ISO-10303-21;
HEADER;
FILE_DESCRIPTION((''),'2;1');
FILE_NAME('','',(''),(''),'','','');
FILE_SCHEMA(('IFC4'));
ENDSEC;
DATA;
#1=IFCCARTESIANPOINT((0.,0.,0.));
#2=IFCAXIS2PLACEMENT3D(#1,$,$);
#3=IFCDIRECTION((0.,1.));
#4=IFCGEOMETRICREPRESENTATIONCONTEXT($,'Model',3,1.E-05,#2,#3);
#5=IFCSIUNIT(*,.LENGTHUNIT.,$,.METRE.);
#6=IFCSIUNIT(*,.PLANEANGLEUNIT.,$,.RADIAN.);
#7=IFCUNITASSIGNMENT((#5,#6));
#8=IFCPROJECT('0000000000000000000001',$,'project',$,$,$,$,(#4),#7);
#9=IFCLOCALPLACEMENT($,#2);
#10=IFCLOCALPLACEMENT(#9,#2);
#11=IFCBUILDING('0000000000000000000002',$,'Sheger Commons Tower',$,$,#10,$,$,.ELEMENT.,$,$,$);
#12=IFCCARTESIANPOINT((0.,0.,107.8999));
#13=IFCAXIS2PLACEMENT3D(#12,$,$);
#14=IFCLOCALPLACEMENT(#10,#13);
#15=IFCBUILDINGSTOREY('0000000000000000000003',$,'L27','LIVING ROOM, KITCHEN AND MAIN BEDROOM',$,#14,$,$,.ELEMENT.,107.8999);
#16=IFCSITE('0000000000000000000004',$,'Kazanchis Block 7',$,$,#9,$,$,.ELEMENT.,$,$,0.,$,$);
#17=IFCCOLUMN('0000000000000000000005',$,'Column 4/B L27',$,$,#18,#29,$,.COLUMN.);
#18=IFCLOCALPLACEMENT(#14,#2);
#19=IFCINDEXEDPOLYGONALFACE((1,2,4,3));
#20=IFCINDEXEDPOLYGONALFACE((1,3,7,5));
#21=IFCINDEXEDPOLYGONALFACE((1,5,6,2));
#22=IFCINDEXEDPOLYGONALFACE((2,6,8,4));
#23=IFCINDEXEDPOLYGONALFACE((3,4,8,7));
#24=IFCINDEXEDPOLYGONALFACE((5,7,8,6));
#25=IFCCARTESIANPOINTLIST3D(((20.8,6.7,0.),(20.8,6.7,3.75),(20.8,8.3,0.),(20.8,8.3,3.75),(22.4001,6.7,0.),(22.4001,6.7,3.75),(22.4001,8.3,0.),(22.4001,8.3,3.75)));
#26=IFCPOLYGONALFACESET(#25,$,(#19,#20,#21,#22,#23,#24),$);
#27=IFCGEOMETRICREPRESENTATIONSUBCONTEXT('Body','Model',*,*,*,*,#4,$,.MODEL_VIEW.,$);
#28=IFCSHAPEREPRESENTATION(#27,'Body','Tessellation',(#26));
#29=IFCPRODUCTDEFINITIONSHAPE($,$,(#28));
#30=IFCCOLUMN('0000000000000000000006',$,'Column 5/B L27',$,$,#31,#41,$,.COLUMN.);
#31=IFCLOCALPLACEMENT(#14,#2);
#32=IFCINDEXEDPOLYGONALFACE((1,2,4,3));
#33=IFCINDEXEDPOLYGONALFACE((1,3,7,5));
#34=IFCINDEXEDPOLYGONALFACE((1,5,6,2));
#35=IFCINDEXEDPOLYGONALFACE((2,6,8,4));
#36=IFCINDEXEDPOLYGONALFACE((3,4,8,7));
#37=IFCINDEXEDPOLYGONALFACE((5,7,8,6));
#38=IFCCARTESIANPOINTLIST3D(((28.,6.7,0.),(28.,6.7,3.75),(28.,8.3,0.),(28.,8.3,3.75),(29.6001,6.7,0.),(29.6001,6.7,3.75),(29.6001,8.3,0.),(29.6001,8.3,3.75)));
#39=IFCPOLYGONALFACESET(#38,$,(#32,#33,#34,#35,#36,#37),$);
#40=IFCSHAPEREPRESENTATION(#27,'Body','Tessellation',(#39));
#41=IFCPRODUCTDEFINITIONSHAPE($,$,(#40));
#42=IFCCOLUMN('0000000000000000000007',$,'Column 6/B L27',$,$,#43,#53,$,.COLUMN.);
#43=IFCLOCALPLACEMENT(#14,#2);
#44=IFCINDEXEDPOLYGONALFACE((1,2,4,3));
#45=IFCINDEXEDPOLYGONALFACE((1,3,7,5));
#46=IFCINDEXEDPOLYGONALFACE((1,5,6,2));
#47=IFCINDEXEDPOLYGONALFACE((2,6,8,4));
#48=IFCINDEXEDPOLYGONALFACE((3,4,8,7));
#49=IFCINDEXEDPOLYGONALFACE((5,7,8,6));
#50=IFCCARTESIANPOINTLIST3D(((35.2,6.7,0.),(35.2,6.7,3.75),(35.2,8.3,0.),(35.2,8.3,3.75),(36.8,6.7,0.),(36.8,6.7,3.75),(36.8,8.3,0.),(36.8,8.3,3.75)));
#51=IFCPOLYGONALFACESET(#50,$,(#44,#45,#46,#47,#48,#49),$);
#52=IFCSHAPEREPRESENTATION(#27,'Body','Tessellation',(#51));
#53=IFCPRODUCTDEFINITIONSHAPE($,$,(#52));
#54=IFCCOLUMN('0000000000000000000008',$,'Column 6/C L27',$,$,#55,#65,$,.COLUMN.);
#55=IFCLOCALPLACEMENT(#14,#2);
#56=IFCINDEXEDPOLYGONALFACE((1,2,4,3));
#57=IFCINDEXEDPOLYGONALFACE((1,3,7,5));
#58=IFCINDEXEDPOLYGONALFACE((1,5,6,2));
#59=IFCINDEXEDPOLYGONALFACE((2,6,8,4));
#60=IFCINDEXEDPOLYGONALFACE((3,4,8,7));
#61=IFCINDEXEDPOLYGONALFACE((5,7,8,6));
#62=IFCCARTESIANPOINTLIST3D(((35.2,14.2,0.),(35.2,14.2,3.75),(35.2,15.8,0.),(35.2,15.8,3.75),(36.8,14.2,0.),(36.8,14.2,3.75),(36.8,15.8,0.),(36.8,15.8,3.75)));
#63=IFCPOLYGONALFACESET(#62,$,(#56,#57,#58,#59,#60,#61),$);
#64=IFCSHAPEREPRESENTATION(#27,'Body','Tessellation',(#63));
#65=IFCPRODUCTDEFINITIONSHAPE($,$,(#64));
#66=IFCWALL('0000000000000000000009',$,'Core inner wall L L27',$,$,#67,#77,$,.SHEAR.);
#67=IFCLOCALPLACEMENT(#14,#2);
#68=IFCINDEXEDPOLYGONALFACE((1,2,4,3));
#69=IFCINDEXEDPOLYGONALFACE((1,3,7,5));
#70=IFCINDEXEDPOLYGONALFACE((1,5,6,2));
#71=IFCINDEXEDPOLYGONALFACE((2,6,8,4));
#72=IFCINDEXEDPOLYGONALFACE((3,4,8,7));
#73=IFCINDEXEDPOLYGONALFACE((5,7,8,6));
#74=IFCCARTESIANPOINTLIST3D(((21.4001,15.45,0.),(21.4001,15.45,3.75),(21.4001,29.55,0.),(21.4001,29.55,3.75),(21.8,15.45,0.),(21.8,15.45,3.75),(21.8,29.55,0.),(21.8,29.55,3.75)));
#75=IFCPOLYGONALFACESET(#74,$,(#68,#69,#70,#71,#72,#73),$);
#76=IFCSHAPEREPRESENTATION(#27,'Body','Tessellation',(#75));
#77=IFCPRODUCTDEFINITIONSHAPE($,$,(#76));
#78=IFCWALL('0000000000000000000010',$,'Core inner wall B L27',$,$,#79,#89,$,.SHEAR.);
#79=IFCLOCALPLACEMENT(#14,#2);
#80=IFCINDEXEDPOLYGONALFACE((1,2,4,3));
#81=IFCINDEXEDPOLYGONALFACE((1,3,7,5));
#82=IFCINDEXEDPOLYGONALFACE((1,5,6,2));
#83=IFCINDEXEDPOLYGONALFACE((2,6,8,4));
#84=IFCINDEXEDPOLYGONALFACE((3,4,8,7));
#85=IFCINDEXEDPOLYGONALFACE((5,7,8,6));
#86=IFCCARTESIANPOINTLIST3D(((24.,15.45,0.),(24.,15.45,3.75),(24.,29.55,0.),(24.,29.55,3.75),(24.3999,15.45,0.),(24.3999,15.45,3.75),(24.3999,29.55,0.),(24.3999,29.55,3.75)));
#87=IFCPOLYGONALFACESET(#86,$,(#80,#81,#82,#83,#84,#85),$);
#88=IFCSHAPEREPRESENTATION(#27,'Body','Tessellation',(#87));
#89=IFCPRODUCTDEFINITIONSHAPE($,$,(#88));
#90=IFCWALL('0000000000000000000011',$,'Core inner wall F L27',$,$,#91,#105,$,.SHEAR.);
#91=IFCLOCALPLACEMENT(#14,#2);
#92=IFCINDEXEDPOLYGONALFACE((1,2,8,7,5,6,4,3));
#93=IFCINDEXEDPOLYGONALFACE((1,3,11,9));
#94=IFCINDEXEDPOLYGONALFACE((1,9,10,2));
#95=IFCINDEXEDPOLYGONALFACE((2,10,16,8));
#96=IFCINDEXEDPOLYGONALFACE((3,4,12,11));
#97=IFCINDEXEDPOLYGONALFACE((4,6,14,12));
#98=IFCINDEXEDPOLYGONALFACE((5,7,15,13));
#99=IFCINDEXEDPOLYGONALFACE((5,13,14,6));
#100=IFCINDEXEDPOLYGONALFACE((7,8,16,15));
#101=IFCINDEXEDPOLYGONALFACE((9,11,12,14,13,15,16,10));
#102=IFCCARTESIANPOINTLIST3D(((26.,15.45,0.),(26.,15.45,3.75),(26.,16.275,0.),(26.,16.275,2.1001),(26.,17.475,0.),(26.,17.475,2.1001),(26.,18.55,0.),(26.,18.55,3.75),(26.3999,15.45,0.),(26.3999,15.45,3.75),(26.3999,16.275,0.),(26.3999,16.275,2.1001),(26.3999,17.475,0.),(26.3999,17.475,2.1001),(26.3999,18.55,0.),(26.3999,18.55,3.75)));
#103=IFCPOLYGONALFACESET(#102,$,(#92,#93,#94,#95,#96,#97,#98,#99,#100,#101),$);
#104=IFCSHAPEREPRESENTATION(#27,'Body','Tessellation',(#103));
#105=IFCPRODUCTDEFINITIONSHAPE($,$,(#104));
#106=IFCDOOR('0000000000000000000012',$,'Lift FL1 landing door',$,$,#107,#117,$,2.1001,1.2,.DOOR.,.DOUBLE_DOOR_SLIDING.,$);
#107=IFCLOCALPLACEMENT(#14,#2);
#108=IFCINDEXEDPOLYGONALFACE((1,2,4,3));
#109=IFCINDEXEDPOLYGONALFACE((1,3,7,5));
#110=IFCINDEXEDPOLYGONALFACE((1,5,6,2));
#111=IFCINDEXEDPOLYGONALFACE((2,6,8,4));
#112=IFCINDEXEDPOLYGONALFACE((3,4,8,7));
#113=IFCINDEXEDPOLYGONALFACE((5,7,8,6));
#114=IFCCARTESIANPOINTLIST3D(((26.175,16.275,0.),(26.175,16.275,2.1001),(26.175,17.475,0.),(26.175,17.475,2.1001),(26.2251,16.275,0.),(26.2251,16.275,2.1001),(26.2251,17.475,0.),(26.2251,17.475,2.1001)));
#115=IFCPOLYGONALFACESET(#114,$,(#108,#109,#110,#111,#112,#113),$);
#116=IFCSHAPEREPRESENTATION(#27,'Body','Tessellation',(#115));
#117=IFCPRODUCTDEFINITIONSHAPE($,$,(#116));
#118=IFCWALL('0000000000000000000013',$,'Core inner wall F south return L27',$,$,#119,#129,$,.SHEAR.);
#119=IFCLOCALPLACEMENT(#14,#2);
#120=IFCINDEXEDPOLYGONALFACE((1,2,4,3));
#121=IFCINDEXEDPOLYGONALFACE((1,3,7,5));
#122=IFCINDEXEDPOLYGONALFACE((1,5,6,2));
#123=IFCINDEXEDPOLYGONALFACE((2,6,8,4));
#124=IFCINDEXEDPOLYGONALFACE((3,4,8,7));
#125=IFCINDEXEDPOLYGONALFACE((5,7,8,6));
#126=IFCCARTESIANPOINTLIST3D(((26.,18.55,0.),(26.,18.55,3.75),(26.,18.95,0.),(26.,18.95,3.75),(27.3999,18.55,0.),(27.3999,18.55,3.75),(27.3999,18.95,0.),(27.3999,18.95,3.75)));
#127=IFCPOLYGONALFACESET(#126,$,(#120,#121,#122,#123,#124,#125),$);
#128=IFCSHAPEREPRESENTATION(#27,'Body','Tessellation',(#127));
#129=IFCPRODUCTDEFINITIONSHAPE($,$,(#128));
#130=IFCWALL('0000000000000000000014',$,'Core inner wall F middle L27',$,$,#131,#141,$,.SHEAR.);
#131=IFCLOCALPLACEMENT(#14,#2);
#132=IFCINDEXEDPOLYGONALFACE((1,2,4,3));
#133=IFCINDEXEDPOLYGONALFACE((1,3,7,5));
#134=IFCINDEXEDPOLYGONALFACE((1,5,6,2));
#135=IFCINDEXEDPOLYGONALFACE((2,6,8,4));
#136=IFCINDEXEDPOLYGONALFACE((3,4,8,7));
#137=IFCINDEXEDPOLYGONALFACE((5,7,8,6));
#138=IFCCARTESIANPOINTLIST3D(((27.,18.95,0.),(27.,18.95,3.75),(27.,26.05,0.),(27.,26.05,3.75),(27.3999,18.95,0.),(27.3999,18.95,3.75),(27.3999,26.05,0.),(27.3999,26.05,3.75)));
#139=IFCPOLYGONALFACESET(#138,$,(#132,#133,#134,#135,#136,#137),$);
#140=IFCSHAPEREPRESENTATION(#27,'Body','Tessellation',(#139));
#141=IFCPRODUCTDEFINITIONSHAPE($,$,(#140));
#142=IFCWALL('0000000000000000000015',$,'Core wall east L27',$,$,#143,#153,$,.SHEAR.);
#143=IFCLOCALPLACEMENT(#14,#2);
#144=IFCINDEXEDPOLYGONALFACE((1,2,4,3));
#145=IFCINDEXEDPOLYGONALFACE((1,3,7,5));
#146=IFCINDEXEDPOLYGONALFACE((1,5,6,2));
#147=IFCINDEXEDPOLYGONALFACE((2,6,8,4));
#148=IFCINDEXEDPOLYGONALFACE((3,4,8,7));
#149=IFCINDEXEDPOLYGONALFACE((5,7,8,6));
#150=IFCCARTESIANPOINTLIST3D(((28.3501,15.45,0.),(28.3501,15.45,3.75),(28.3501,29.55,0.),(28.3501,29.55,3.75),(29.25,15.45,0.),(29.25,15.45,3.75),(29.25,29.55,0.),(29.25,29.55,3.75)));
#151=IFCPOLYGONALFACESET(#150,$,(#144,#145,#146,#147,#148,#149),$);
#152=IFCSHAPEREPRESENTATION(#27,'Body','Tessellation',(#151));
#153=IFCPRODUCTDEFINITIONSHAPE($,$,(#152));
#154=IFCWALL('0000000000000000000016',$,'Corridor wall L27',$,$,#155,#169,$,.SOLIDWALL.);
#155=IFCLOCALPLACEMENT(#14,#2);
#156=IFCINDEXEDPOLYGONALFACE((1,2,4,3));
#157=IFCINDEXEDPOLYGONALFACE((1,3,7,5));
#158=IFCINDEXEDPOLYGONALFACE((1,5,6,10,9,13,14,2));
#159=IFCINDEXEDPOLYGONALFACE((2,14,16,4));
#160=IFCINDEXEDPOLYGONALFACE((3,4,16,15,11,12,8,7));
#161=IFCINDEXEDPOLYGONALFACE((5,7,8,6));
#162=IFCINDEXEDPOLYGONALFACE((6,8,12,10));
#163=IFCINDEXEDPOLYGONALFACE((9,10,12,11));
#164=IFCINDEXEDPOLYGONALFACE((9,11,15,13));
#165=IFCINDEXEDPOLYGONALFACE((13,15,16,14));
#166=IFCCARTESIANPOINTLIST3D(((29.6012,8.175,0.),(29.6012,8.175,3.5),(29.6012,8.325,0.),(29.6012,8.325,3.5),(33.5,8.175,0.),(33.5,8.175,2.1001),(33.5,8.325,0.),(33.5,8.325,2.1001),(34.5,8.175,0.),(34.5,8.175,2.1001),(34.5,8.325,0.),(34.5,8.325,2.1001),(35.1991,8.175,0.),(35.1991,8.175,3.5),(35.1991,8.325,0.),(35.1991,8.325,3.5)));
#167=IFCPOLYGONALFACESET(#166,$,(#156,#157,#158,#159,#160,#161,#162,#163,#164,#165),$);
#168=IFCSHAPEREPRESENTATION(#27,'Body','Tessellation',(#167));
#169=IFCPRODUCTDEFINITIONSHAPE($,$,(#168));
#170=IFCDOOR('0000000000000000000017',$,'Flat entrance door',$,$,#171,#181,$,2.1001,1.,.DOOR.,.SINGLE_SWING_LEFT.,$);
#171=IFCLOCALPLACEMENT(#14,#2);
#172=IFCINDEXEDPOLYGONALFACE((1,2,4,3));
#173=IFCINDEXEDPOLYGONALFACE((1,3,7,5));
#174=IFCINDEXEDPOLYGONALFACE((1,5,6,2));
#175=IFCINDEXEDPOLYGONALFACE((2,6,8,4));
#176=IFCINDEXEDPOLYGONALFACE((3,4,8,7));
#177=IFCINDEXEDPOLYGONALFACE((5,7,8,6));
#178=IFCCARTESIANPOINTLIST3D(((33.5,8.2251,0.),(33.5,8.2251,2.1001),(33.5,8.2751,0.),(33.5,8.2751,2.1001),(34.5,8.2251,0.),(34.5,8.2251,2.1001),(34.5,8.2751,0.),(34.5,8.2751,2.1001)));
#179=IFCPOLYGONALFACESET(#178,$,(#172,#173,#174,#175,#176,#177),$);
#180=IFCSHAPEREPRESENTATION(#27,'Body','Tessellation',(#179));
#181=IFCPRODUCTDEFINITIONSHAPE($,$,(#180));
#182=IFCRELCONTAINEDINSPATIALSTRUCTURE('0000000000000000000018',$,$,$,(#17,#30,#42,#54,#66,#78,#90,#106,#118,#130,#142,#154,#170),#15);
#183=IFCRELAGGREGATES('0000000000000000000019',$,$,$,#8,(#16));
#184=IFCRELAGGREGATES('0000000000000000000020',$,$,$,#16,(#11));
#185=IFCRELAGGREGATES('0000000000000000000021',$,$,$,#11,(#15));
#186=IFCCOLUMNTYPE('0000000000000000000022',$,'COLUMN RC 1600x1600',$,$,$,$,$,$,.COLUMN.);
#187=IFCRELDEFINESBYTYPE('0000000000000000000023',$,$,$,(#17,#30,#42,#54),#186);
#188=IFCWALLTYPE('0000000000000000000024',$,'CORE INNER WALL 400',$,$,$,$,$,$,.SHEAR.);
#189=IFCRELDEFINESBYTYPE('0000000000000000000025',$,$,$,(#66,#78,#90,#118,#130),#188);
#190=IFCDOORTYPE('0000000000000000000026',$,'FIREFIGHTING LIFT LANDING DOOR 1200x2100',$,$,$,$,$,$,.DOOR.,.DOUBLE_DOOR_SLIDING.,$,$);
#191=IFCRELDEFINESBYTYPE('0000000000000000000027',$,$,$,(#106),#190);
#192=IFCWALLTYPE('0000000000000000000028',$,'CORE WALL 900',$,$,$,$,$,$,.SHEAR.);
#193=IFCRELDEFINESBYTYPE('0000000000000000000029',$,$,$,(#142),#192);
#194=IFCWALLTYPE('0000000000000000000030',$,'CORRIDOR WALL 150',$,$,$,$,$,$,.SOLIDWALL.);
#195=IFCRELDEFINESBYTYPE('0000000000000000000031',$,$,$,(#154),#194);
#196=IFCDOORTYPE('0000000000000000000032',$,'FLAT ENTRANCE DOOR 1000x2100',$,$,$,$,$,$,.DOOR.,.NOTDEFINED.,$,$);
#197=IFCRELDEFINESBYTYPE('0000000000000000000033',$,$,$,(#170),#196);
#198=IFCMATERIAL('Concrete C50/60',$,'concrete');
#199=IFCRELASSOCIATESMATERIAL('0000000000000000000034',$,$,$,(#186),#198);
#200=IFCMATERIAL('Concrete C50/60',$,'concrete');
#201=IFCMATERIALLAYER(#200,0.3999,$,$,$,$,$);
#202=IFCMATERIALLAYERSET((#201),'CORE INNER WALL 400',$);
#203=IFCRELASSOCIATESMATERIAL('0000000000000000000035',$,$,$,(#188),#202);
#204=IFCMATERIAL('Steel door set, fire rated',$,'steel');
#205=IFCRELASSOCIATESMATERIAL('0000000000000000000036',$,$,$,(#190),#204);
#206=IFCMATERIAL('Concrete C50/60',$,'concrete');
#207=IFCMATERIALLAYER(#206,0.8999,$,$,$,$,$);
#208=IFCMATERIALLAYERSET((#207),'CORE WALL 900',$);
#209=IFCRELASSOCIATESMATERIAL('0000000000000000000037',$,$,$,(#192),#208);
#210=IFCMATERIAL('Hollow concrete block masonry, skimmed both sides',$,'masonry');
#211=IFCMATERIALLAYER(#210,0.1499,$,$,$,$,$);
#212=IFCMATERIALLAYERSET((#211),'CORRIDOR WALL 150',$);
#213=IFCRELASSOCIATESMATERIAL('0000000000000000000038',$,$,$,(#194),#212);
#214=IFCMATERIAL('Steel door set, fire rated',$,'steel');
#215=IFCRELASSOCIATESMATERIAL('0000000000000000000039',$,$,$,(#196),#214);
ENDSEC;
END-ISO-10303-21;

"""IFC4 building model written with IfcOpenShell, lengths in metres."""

from ifc_helpers import new_model, si_unit, direction, frame, frame_2d, origin, origin_2d, place, context, subcontext, project, spatial, rectangle, extrude, material, layer, layer_set, material_profile, profile_set, type_object, element, fill, save


model = new_model("IFC4")

# Units and contexts
model_context = context("Model", 3, precision=1e-05, world=origin(), true_north=direction((0.0, 1.0)))
body_context = subcontext(model_context, "Body", "Model", "MODEL_VIEW")
ifc_project = project(units=[si_unit("LENGTHUNIT", "METRE"), si_unit("PLANEANGLEUNIT", "RADIAN")], contexts=[model_context])

# Site, building, storey
site_placement = place(None, origin())
site = spatial("IfcSite", under=ifc_project, at=site_placement, Name="Kazanchis Block 7", CompositionType="ELEMENT", RefElevation=0.0)
building_placement = place(site_placement, origin())
building = spatial("IfcBuilding", under=site, at=building_placement, Name="Sheger Commons Tower", CompositionType="ELEMENT")
storey_placement = place(building_placement, frame((0.0, 0.0, 107.8999)))
storey = spatial("IfcBuildingStorey", under=building, at=storey_placement, Name="L27", Description="LIVING ROOM, KITCHEN AND MAIN BEDROOM", CompositionType="ELEMENT", Elevation=107.8999)

# Columns
ifc_material_1 = material(Name="Concrete C50/60", Category="concrete")
ifc_material_profile = material_profile(ifc_material_1, rectangle(XDim=1.6001, YDim=1.6001, at=origin_2d()), Name="RC 1600x1600")
ifc_profile_set = profile_set([ifc_material_profile], Name="Concrete C50/60")
column_type = type_object("IfcColumnType", Name="COLUMN RC 1600x1600", PredefinedType="COLUMN", material=ifc_profile_set)
for number, where, z_axis, x_axis, name in (
    (1, (21.6001, 7.5, 0.0), (0.0, 0.0, 1.0), (1.0, 0.0, 0.0), "Column 4/B L27"),
    (2, (28.8, 7.5, 0.0), (0.0, 0.0, 1.0), (1.0, 0.0, 0.0), "Column 5/B L27"),
    (3, (36.0, 7.5, 0.0), (0.0, 0.0, 1.0), (1.0, 0.0, 0.0), "Column 6/B L27"),
    (4, (36.0, 15.0, 0.0), (0.0, 0.0, 1.0), (1.0, 0.0, 0.0), "Column 6/C L27"),
):
    element("IfcColumn", number, at=place(storey_placement, frame(where, z_axis=z_axis, x_axis=x_axis)), inside=storey, type_object=column_type, Name=name, PredefinedType="COLUMN", context=body_context, shape_type="SweptSolid", body=[
        extrude(rectangle(XDim=1.6001, YDim=1.6001, at=origin_2d()), origin(), (0.0, 0.0, 1.0), 3.75),
    ])

# Walls
ifc_material_2 = material(Name="Concrete C50/60", Category="concrete")
ifc_layer_1 = layer(ifc_material_2, 0.3999)
ifc_layer_set_1 = layer_set([ifc_layer_1], Name="CORE INNER WALL 400")
wall_type_1 = type_object("IfcWallType", Name="CORE INNER WALL 400", PredefinedType="SHEAR", material=ifc_layer_set_1)
for number, where, z_axis, x_axis, name in (
    (5, (21.6001, 15.45, 0.0), (0.0, 0.0, 1.0), (0.0, 1.0, 0.0), "Core inner wall L L27"),
    (6, (24.2, 15.45, 0.0), (0.0, 0.0, 1.0), (0.0, 1.0, 0.0), "Core inner wall B L27"),
):
    element("IfcWall", number, at=place(storey_placement, frame(where, z_axis=z_axis, x_axis=x_axis)), inside=storey, type_object=wall_type_1, Name=name, PredefinedType="SHEAR", context=body_context, shape_type="SweptSolid", body=[
        extrude(rectangle(XDim=14.1001, YDim=0.3999, at=frame_2d((7.05, 0.0))), origin(), (0.0, 0.0, 1.0), 3.75),
    ])

# Wall, opening, door
wall_1_placement = place(storey_placement, frame((26.2, 15.45, 0.0), z_axis=(0.0, 0.0, 1.0), x_axis=(0.0, 1.0, 0.0)))
wall_1 = element("IfcWall", 7, at=wall_1_placement, inside=storey, type_object=wall_type_1, Name="Core inner wall F L27", PredefinedType="SHEAR", context=body_context, shape_type="SweptSolid", body=[
    extrude(rectangle(XDim=3.1001, YDim=0.3999, at=frame_2d((1.55, 0.0))), origin(), (0.0, 0.0, 1.0), 3.75),
])
opening_1_placement = place(wall_1_placement, frame((0.825, 0.0, 0.0)))
opening_1 = element("IfcOpeningElement", 8, at=opening_1_placement, cuts=wall_1, PredefinedType="OPENING", context=body_context, shape_type="SweptSolid", body=[
    extrude(rectangle(XDim=1.2, YDim=2.1001, at=frame_2d((0.6001, 1.05))), frame((0.0, 0.21, 0.0), z_axis=(0.0, -1.0, 0.0), x_axis=(1.0, 0.0, 0.0)), (0.0, 0.0, 1.0), 0.4199),
])
ifc_material_3 = material(Name="Steel door set, fire rated", Category="steel")
door_type_1 = type_object("IfcDoorType", Name="FIREFIGHTING LIFT LANDING DOOR 1200x2100", OperationType="DOUBLE_DOOR_SLIDING", PredefinedType="DOOR", material=ifc_material_3)
door_1_placement = place(opening_1_placement, origin())
door_1 = element("IfcDoor", 9, at=door_1_placement, inside=storey, type_object=door_type_1, Name="Lift FL1 landing door", OperationType="DOUBLE_DOOR_SLIDING", OverallHeight=2.1001, OverallWidth=1.2, PredefinedType="DOOR", context=body_context, shape_type="SweptSolid", body=[
    extrude(rectangle(XDim=1.2, YDim=2.1001, at=frame_2d((0.6001, 1.05))), frame((0.0, 0.0249, 0.0), z_axis=(0.0, -1.0, 0.0), x_axis=(1.0, 0.0, 0.0)), (0.0, 0.0, 1.0), 0.05),
])
fill(opening_1, door_1)

# Walls
wall_2_placement = place(storey_placement, frame((26.0, 18.75, 0.0), z_axis=(0.0, 0.0, 1.0), x_axis=(1.0, 0.0, 0.0)))
element("IfcWall", 10, at=wall_2_placement, inside=storey, type_object=wall_type_1, Name="Core inner wall F south return L27", PredefinedType="SHEAR", context=body_context, shape_type="SweptSolid", body=[
    extrude(rectangle(XDim=1.3999, YDim=0.3999, at=frame_2d((0.7, 0.0))), origin(), (0.0, 0.0, 1.0), 3.75),
])
wall_3_placement = place(storey_placement, frame((27.2, 18.95, 0.0), z_axis=(0.0, 0.0, 1.0), x_axis=(0.0, 1.0, 0.0)))
element("IfcWall", 11, at=wall_3_placement, inside=storey, type_object=wall_type_1, Name="Core inner wall F middle L27", PredefinedType="SHEAR", context=body_context, shape_type="SweptSolid", body=[
    extrude(rectangle(XDim=7.1001, YDim=0.3999, at=frame_2d((3.55, 0.0))), origin(), (0.0, 0.0, 1.0), 3.75),
])
ifc_material_4 = material(Name="Concrete C50/60", Category="concrete")
ifc_layer_2 = layer(ifc_material_4, 0.8999)
ifc_layer_set_2 = layer_set([ifc_layer_2], Name="CORE WALL 900")
wall_type_2 = type_object("IfcWallType", Name="CORE WALL 900", PredefinedType="SHEAR", material=ifc_layer_set_2)
wall_4_placement = place(storey_placement, frame((28.8, 15.45, 0.0), z_axis=(0.0, 0.0, 1.0), x_axis=(0.0, 1.0, 0.0)))
element("IfcWall", 12, at=wall_4_placement, inside=storey, type_object=wall_type_2, Name="Core wall east L27", PredefinedType="SHEAR", context=body_context, shape_type="SweptSolid", body=[
    extrude(rectangle(XDim=14.1001, YDim=0.8999, at=frame_2d((7.05, 0.0))), origin(), (0.0, 0.0, 1.0), 3.75),
])

# Wall, opening, door
ifc_material_5 = material(Name="Hollow concrete block masonry, skimmed both sides", Category="masonry")
ifc_layer_3 = layer(ifc_material_5, 0.1499)
ifc_layer_set_3 = layer_set([ifc_layer_3], Name="CORRIDOR WALL 150")
wall_type_3 = type_object("IfcWallType", Name="CORRIDOR WALL 150", PredefinedType="SOLIDWALL", material=ifc_layer_set_3)
wall_5_placement = place(storey_placement, frame((35.199, 8.25, 0.0), z_axis=(0.0, 0.0, 1.0), x_axis=(-1.0, 0.0, 0.0)))
wall_5 = element("IfcWall", 13, at=wall_5_placement, inside=storey, type_object=wall_type_3, Name="Corridor wall L27", PredefinedType="SOLIDWALL", context=body_context, shape_type="SweptSolid", body=[
    extrude(rectangle(XDim=5.5979, YDim=0.1499, at=frame_2d((2.7988, 0.0))), origin(), (0.0, 0.0, 1.0), 3.5),
])
opening_2_placement = place(wall_5_placement, frame((0.699, 0.0, 0.0)))
opening_2 = element("IfcOpeningElement", 14, at=opening_2_placement, cuts=wall_5, PredefinedType="OPENING", context=body_context, shape_type="SweptSolid", body=[
    extrude(rectangle(XDim=1.0, YDim=2.1001, at=frame_2d((0.5, 1.05))), frame((0.0, 0.085, 0.0), z_axis=(0.0, -1.0, 0.0), x_axis=(1.0, 0.0, 0.0)), (0.0, 0.0, 1.0), 0.1699),
])
ifc_material_6 = material(Name="Steel door set, fire rated", Category="steel")
door_type_2 = type_object("IfcDoorType", Name="FLAT ENTRANCE DOOR 1000x2100", OperationType="NOTDEFINED", PredefinedType="DOOR", material=ifc_material_6)
door_2_placement = place(opening_2_placement, origin())
door_2 = element("IfcDoor", 15, at=door_2_placement, inside=storey, type_object=door_type_2, Name="Flat entrance door", OperationType="SINGLE_SWING_LEFT", OverallHeight=2.1001, OverallWidth=1.0, PredefinedType="DOOR", context=body_context, shape_type="SweptSolid", body=[
    extrude(rectangle(XDim=1.0, YDim=2.1001, at=frame_2d((0.5, 1.05))), frame((0.0, 0.0249, 0.0), z_axis=(0.0, -1.0, 0.0), x_axis=(1.0, 0.0, 0.0)), (0.0, 0.0, 1.0), 0.05),
])
fill(opening_2, door_2)

save(model, "model.ifc")
